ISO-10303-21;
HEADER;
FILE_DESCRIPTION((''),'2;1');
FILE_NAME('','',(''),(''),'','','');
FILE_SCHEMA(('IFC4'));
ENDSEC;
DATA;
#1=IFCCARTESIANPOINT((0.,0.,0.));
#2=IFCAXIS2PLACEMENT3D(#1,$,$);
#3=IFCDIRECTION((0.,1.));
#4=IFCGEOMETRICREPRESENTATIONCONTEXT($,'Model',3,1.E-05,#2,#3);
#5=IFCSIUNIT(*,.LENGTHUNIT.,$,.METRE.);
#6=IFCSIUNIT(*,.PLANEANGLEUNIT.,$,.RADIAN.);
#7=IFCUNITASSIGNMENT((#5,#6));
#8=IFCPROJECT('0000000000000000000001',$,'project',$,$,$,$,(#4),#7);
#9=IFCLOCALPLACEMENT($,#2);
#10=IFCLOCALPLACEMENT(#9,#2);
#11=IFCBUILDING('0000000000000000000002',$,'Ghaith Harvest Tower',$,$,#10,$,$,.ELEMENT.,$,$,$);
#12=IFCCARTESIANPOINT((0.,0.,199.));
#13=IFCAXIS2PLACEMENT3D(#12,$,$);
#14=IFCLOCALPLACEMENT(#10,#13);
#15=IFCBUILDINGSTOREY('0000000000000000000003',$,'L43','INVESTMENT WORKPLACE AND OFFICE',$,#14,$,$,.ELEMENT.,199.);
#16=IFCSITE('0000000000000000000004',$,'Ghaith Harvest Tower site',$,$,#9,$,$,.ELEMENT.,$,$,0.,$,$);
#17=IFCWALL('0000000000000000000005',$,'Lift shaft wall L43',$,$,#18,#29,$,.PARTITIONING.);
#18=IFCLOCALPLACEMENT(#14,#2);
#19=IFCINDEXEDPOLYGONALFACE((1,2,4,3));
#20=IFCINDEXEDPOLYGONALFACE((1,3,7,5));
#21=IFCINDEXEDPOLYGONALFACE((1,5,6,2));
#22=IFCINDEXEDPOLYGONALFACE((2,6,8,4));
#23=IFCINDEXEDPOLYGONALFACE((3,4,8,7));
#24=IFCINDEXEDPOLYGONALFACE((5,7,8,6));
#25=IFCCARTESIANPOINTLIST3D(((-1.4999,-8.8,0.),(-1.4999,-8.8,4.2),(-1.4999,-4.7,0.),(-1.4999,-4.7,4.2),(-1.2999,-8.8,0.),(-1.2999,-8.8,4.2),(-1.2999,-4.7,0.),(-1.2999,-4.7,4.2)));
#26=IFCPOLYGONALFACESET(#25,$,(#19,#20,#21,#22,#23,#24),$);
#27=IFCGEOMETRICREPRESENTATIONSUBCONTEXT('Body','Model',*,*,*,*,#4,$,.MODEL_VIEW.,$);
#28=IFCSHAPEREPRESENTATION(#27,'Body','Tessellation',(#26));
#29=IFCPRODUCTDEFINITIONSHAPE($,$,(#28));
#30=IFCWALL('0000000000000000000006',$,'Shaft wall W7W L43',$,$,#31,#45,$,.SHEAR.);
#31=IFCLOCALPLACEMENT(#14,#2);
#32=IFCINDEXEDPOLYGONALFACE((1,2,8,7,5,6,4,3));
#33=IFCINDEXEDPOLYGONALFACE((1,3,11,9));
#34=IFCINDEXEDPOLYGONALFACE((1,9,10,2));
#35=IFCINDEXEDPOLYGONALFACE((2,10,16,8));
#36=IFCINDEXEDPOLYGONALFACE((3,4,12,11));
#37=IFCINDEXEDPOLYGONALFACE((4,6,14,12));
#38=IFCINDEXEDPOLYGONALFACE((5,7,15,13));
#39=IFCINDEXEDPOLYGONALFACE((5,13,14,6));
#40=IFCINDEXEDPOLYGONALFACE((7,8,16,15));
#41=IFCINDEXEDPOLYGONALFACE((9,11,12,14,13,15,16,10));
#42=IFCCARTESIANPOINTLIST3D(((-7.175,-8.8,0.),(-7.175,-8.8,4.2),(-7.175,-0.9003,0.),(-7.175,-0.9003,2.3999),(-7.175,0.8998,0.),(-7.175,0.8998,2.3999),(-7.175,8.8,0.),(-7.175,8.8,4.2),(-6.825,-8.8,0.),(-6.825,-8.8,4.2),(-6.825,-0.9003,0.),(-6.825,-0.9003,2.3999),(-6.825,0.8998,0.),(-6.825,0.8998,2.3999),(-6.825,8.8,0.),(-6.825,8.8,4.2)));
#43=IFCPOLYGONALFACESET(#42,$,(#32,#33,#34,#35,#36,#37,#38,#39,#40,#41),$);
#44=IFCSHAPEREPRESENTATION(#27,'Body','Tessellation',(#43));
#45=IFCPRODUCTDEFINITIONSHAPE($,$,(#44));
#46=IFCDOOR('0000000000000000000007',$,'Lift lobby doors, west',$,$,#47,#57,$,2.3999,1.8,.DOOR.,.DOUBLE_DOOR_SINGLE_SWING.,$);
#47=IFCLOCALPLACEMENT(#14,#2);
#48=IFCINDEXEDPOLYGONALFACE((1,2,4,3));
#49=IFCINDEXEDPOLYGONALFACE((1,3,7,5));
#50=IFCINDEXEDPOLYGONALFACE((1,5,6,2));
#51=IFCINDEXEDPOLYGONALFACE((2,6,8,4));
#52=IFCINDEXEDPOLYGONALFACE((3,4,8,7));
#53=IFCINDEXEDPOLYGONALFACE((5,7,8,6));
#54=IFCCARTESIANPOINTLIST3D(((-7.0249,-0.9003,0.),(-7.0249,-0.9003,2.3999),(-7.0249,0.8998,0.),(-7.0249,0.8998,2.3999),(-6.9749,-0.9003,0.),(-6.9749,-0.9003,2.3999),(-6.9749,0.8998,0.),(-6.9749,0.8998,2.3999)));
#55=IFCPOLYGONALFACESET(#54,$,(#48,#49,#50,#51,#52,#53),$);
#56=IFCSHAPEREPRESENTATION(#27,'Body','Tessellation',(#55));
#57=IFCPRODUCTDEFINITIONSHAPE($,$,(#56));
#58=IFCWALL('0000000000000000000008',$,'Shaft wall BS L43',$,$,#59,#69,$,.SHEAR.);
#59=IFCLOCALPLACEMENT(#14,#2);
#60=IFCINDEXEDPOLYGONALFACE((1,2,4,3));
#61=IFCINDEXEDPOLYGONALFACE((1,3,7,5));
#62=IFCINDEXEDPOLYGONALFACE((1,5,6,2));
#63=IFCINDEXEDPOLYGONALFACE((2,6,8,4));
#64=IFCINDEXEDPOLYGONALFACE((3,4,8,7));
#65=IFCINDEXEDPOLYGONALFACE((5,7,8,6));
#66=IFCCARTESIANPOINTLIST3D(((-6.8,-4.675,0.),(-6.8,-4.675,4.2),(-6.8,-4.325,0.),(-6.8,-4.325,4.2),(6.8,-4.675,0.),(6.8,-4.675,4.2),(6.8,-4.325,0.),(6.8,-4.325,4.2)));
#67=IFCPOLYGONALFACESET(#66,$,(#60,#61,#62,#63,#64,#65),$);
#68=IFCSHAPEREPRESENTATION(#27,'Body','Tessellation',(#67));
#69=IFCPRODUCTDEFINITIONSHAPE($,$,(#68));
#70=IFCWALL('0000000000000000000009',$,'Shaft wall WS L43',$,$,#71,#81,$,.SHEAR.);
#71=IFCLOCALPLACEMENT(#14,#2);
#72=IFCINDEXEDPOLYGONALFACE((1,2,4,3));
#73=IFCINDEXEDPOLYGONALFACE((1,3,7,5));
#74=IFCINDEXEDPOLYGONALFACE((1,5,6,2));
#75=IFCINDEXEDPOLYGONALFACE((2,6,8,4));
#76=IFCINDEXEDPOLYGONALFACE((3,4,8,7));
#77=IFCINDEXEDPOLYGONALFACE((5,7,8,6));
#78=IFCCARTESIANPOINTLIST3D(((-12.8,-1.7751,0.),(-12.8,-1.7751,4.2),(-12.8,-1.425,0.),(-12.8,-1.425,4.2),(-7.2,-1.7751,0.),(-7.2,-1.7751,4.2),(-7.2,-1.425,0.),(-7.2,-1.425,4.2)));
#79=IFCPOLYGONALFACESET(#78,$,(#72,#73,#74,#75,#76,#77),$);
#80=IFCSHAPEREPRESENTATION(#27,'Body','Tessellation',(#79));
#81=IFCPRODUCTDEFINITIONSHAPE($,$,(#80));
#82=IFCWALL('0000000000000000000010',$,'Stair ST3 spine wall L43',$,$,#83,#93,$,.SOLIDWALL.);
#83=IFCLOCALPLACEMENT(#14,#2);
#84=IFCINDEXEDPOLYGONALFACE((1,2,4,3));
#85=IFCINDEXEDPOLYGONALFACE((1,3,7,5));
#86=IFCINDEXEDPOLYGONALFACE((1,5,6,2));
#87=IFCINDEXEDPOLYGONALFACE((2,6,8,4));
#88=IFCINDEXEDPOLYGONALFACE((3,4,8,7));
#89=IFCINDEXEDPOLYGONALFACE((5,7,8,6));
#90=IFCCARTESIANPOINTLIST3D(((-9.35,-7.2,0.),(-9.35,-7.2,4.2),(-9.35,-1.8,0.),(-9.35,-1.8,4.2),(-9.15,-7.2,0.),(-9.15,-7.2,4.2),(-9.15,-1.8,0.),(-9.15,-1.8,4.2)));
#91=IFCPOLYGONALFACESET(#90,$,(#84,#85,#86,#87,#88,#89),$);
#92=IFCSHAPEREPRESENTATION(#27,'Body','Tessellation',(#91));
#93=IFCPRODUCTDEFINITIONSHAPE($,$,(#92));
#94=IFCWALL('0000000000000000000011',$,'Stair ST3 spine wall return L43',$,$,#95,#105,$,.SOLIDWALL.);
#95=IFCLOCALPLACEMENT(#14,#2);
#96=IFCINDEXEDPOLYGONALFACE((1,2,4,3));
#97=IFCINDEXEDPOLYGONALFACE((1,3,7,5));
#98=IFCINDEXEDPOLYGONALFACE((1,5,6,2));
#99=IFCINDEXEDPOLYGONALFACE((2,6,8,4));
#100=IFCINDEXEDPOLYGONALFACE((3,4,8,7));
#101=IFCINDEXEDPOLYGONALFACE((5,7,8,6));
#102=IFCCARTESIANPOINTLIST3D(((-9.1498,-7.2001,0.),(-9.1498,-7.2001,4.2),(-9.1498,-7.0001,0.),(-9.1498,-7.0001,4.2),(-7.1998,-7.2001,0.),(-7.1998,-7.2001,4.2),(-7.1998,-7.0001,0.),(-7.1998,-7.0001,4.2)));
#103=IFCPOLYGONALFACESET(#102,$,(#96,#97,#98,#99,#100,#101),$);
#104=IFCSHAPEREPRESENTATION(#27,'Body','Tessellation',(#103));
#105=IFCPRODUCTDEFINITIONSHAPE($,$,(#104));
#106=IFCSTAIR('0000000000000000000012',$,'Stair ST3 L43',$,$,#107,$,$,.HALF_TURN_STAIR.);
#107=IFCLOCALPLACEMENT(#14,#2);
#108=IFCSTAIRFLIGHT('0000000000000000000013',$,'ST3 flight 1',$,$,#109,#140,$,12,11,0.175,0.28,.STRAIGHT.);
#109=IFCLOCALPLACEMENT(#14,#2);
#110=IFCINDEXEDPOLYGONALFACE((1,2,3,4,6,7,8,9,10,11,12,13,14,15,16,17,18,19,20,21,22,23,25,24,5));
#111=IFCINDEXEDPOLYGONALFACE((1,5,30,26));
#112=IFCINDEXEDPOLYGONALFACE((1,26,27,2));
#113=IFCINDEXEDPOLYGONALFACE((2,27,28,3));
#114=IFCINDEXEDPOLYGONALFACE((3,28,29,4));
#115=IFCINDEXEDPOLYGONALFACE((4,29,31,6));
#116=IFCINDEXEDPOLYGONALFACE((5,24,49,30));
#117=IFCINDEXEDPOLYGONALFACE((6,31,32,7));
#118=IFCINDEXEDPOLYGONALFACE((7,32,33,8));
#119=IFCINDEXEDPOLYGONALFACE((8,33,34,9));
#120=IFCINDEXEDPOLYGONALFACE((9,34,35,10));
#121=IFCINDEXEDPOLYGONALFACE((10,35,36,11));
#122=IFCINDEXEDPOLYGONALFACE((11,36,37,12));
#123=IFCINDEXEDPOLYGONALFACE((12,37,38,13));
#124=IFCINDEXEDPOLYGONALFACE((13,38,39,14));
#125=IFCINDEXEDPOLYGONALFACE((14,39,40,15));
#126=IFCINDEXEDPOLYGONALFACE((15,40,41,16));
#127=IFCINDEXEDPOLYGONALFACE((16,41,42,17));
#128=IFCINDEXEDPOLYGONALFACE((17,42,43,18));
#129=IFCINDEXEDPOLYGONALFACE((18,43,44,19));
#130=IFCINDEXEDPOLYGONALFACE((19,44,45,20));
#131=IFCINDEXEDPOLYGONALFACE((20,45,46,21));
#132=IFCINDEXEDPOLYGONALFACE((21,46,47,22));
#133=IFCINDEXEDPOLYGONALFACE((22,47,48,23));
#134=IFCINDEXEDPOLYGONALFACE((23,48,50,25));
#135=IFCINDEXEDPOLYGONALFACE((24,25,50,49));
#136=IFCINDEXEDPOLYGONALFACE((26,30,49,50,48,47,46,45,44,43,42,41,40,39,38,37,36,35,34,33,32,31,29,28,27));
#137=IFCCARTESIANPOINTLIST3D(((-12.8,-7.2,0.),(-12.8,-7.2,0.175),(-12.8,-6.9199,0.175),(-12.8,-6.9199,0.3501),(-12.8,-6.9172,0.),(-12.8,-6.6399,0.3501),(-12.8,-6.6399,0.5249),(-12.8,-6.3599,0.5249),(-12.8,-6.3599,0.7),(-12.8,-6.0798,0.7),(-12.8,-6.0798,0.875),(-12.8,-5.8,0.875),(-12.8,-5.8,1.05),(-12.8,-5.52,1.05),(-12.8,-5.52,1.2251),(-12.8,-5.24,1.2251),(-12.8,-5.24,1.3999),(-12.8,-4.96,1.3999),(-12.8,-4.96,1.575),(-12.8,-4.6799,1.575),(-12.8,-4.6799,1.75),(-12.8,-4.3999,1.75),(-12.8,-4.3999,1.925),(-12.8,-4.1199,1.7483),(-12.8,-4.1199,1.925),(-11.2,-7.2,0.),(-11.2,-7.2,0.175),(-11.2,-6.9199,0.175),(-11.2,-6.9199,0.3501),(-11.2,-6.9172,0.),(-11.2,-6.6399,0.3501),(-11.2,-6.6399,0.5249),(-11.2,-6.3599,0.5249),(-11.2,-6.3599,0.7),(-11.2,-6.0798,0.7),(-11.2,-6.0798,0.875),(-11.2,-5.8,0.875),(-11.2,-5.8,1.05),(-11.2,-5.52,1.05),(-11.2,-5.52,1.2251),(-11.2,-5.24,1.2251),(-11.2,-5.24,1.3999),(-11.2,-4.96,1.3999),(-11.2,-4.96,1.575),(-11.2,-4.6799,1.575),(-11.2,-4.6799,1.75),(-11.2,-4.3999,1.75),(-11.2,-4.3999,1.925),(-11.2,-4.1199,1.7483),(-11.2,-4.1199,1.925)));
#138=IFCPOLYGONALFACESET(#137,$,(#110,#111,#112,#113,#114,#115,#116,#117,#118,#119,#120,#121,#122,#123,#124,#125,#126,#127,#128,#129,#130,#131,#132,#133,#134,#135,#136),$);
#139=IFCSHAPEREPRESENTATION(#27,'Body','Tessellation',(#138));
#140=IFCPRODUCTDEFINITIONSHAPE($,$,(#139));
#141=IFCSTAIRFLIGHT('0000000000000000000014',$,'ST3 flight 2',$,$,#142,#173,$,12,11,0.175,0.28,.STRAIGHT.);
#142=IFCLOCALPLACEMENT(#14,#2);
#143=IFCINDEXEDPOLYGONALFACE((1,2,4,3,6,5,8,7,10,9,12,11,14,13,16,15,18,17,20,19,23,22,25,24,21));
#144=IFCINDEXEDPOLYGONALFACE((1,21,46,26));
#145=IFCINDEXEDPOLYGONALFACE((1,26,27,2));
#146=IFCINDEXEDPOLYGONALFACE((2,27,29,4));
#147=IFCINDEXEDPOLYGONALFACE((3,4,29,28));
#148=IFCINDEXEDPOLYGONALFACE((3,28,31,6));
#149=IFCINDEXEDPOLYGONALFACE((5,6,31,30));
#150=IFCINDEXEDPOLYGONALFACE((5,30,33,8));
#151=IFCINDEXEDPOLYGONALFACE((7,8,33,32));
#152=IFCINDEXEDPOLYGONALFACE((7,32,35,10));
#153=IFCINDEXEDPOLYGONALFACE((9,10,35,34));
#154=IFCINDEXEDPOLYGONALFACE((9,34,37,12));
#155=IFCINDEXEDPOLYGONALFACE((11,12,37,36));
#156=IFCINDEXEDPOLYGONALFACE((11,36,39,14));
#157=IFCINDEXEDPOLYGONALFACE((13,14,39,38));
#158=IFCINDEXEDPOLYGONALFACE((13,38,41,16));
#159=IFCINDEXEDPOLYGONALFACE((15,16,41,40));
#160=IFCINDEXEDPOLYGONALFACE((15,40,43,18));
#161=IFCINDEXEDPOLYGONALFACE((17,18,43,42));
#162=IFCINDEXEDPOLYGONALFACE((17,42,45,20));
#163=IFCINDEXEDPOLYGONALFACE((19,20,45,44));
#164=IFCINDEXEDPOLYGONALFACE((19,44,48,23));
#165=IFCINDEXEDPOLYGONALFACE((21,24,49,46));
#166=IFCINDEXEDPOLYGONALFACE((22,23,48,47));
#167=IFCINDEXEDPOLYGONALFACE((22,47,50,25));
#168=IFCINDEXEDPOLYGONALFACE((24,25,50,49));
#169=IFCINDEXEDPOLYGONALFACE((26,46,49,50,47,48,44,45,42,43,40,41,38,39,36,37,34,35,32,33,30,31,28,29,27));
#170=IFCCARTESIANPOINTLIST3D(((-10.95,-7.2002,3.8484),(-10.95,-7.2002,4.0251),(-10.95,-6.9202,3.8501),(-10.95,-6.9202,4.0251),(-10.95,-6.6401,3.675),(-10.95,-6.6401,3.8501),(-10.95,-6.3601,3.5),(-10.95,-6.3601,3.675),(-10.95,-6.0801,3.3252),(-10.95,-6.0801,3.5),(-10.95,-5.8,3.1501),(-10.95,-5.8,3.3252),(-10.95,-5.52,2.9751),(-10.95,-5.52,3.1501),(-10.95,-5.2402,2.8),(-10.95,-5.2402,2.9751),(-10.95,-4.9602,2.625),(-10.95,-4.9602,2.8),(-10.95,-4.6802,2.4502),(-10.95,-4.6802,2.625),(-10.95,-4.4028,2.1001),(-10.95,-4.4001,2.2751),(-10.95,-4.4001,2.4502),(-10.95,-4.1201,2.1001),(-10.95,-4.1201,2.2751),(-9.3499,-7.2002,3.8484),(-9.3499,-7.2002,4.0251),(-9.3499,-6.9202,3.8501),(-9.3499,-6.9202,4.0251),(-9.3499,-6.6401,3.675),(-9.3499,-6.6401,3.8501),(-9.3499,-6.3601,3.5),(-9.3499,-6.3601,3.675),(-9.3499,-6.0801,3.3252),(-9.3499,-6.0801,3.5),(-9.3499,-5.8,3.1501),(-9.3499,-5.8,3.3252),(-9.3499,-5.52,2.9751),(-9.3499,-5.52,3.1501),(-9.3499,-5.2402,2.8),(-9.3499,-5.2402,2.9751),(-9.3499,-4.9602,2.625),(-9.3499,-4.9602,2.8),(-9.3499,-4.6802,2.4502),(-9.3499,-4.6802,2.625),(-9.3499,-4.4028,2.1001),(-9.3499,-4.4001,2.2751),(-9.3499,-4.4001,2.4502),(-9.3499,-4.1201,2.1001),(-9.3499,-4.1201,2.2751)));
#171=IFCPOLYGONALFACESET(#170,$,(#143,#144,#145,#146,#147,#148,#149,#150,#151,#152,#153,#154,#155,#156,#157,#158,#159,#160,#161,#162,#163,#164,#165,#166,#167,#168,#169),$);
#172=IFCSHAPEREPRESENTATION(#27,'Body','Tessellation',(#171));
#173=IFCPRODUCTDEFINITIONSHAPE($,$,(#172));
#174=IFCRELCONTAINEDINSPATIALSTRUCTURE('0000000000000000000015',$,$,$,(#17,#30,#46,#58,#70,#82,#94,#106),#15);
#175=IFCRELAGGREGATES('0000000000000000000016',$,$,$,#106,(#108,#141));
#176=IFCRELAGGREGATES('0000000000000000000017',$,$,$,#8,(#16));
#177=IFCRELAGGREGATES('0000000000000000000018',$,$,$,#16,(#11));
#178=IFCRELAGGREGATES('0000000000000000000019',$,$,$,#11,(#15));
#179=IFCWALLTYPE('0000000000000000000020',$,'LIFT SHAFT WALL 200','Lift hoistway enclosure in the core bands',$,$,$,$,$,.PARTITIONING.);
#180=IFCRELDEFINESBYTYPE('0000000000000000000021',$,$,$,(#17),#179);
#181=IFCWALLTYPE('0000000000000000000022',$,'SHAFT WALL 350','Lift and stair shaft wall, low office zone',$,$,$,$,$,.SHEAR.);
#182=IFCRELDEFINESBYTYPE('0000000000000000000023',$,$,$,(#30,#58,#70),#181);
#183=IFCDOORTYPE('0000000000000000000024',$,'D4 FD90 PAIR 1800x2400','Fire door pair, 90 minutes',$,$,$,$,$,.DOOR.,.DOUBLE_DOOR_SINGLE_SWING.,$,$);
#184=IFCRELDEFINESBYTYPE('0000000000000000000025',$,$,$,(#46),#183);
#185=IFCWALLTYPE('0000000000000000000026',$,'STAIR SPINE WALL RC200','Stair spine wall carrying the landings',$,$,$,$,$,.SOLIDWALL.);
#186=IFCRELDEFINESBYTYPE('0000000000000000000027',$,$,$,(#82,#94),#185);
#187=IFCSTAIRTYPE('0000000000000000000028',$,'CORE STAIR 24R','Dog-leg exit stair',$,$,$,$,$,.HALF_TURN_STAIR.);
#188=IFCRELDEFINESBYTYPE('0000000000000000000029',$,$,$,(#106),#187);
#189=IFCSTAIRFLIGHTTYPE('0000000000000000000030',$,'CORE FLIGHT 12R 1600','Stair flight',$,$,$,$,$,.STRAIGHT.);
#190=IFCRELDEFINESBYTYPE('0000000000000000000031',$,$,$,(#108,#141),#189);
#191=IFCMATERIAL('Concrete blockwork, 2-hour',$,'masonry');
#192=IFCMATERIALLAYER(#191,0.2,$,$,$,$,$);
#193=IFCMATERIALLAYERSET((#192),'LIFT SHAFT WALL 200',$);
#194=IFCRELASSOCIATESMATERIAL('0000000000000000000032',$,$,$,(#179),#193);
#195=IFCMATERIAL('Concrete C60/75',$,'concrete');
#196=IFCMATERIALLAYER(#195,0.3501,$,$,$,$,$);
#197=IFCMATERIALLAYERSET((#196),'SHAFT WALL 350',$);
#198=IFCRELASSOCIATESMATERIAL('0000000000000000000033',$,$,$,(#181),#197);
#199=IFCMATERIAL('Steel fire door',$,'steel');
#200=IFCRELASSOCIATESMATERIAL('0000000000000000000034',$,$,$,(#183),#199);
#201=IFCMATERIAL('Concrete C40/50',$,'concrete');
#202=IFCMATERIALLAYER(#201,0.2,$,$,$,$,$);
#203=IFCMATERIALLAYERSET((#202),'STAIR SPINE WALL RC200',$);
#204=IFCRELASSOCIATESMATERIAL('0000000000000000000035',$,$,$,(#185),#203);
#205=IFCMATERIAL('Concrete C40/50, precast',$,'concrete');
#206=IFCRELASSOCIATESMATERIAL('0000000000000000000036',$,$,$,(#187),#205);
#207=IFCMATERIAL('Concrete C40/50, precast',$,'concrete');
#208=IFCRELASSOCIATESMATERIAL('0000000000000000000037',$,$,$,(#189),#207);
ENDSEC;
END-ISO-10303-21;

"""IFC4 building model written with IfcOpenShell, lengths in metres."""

from ifc_helpers import new_model, si_unit, direction, frame, frame_2d, origin, place, context, subcontext, project, spatial, polyline, rectangle, outline, extrude, material, layer, layer_set, type_object, element, fill, aggregate, save


model = new_model("IFC4")

# Units and contexts
model_context = context("Model", 3, precision=1e-05, world=origin(), true_north=direction((0.0, 1.0)))
body_context = subcontext(model_context, "Body", "Model", "MODEL_VIEW")
ifc_project = project(units=[si_unit("LENGTHUNIT", "METRE"), si_unit("PLANEANGLEUNIT", "RADIAN")], contexts=[model_context])

# Site, building, storey
site_placement = place(None, origin())
site = spatial("IfcSite", under=ifc_project, at=site_placement, Name="Ghaith Harvest Tower site", CompositionType="ELEMENT", RefElevation=0.0)
building_placement = place(site_placement, origin())
building = spatial("IfcBuilding", under=site, at=building_placement, Name="Ghaith Harvest Tower", CompositionType="ELEMENT")
storey_placement = place(building_placement, frame((0.0, 0.0, 199.0)))
storey = spatial("IfcBuildingStorey", under=building, at=storey_placement, Name="L43", Description="INVESTMENT WORKPLACE AND OFFICE", CompositionType="ELEMENT", Elevation=199.0)

# Wall
ifc_material_1 = material(Name="Concrete blockwork, 2-hour", Category="masonry")
ifc_layer_1 = layer(ifc_material_1, 0.2)
ifc_layer_set_1 = layer_set([ifc_layer_1], Name="LIFT SHAFT WALL 200")
wall_type_1 = type_object("IfcWallType", Name="LIFT SHAFT WALL 200", Description="Lift hoistway enclosure in the core bands", PredefinedType="PARTITIONING", material=ifc_layer_set_1)
for number, where, z_axis, x_axis, name in (
    (1, (-1.3999, -4.7, 0.0), (0.0, 0.0, 1.0), (0.0, -1.0, 0.0), "Lift shaft wall L43"),
):
    element("IfcWall", number, at=place(storey_placement, frame(where, z_axis=z_axis, x_axis=x_axis)), inside=storey, type_object=wall_type_1, Name=name, PredefinedType="PARTITIONING", context=body_context, shape_type="SweptSolid", body=[
        extrude(rectangle(XDim=4.1001, YDim=0.2, at=frame_2d((2.05, 0.0))), origin(), (0.0, 0.0, 1.0), 4.2),
    ])

# Wall, opening, door
ifc_material_2 = material(Name="Concrete C60/75", Category="concrete")
ifc_layer_2 = layer(ifc_material_2, 0.3501)
ifc_layer_set_2 = layer_set([ifc_layer_2], Name="SHAFT WALL 350")
wall_type_2 = type_object("IfcWallType", Name="SHAFT WALL 350", Description="Lift and stair shaft wall, low office zone", PredefinedType="SHEAR", material=ifc_layer_set_2)
wall_1_placement = place(storey_placement, frame((-7.0, -8.8, 0.0), z_axis=(0.0, 0.0, 1.0), x_axis=(0.0, 1.0, 0.0)))
wall_1 = element("IfcWall", 2, at=wall_1_placement, inside=storey, type_object=wall_type_2, Name="Shaft wall W7W L43", PredefinedType="SHEAR", context=body_context, shape_type="SweptSolid", body=[
    extrude(rectangle(XDim=17.6001, YDim=0.3501, at=frame_2d((8.8, 0.0))), origin(), (0.0, 0.0, 1.0), 4.2),
])
opening_1_placement = place(wall_1_placement, frame((7.8999, 0.0, 0.0)))
opening_1 = element("IfcOpeningElement", 3, at=opening_1_placement, cuts=wall_1, PredefinedType="OPENING", context=body_context, shape_type="SweptSolid", body=[
    extrude(rectangle(XDim=1.8, YDim=2.3999, at=frame_2d((0.8999, 1.2))), frame((0.0, 0.1851, 0.0), z_axis=(0.0, -1.0, 0.0), x_axis=(1.0, 0.0, 0.0)), (0.0, 0.0, 1.0), 0.3701),
])
ifc_material_3 = material(Name="Steel fire door", Category="steel")
door_type_1 = type_object("IfcDoorType", Name="D4 FD90 PAIR 1800x2400", Description="Fire door pair, 90 minutes", OperationType="DOUBLE_DOOR_SINGLE_SWING", PredefinedType="DOOR", material=ifc_material_3)
door_1_placement = place(opening_1_placement, origin())
door_1 = element("IfcDoor", 4, at=door_1_placement, inside=storey, type_object=door_type_1, Name="Lift lobby doors, west", OperationType="DOUBLE_DOOR_SINGLE_SWING", OverallHeight=2.3999, OverallWidth=1.8, PredefinedType="DOOR", context=body_context, shape_type="SweptSolid", body=[
    extrude(rectangle(XDim=1.8, YDim=2.3999, at=frame_2d((0.8999, 1.2))), frame((0.0, 0.0249, 0.0), z_axis=(0.0, -1.0, 0.0), x_axis=(1.0, 0.0, 0.0)), (0.0, 0.0, 1.0), 0.05),
])
fill(opening_1, door_1)

# Walls
wall_2_placement = place(storey_placement, frame((-6.8, -4.5, 0.0), z_axis=(0.0, 0.0, 1.0), x_axis=(1.0, 0.0, 0.0)))
element("IfcWall", 5, at=wall_2_placement, inside=storey, type_object=wall_type_2, Name="Shaft wall BS L43", PredefinedType="SHEAR", context=body_context, shape_type="SweptSolid", body=[
    extrude(rectangle(XDim=13.6001, YDim=0.3501, at=frame_2d((6.8, 0.0))), origin(), (0.0, 0.0, 1.0), 4.2),
])
wall_3_placement = place(storey_placement, frame((-12.8, -1.6001, 0.0), z_axis=(0.0, 0.0, 1.0), x_axis=(1.0, 0.0, 0.0)))
element("IfcWall", 6, at=wall_3_placement, inside=storey, type_object=wall_type_2, Name="Shaft wall WS L43", PredefinedType="SHEAR", context=body_context, shape_type="SweptSolid", body=[
    extrude(rectangle(XDim=5.6001, YDim=0.3501, at=frame_2d((2.8, 0.0))), origin(), (0.0, 0.0, 1.0), 4.2),
])
ifc_material_4 = material(Name="Concrete C40/50", Category="concrete")
ifc_layer_3 = layer(ifc_material_4, 0.2)
ifc_layer_set_3 = layer_set([ifc_layer_3], Name="STAIR SPINE WALL RC200")
wall_type_3 = type_object("IfcWallType", Name="STAIR SPINE WALL RC200", Description="Stair spine wall carrying the landings", PredefinedType="SOLIDWALL", material=ifc_layer_set_3)
wall_4_placement = place(storey_placement, frame((-9.25, -7.2, 0.0), z_axis=(0.0, 0.0, 1.0), x_axis=(0.0, 1.0, 0.0)))
element("IfcWall", 7, at=wall_4_placement, inside=storey, type_object=wall_type_3, Name="Stair ST3 spine wall L43", PredefinedType="SOLIDWALL", context=body_context, shape_type="SweptSolid", body=[
    extrude(rectangle(XDim=5.3999, YDim=0.2, at=frame_2d((2.7, 0.0))), origin(), (0.0, 0.0, 1.0), 4.2),
])
wall_5_placement = place(storey_placement, frame((-9.1499, -7.1001, 0.0), z_axis=(0.0, 0.0, 1.0), x_axis=(1.0, 0.0, 0.0)))
element("IfcWall", 8, at=wall_5_placement, inside=storey, type_object=wall_type_3, Name="Stair ST3 spine wall return L43", PredefinedType="SOLIDWALL", context=body_context, shape_type="SweptSolid", body=[
    extrude(rectangle(XDim=1.95, YDim=0.2, at=frame_2d((0.9751, 0.0))), origin(), (0.0, 0.0, 1.0), 4.2),
])

# Stair, stair flights
ifc_material_5 = material(Name="Concrete C40/50, precast", Category="concrete")
stair_type = type_object("IfcStairType", Name="CORE STAIR 24R", Description="Dog-leg exit stair", PredefinedType="HALF_TURN_STAIR", material=ifc_material_5)
stair_placement = place(storey_placement, origin())
stair = element("IfcStair", 9, at=stair_placement, inside=storey, type_object=stair_type, Name="Stair ST3 L43", PredefinedType="HALF_TURN_STAIR")
ifc_material_6 = material(Name="Concrete C40/50, precast", Category="concrete")
stair_flight_type = type_object("IfcStairFlightType", Name="CORE FLIGHT 12R 1600", Description="Stair flight", PredefinedType="STRAIGHT", material=ifc_material_6)
stair_flight_1_placement = place(storey_placement, frame((-12.0, -7.2, 0.0), z_axis=(0.0, 0.0, 1.0), x_axis=(0.0, 1.0, 0.0)))
stair_flight_1 = element("IfcStairFlight", 10, at=stair_flight_1_placement, type_object=stair_flight_type, Name="ST3 flight 1", NumberOfRisers=12, NumberOfTreads=11, PredefinedType="STRAIGHT", RiserHeight=0.175, TreadLength=0.28, context=body_context, shape_type="SweptSolid", body=[
    extrude(outline(polyline([(0.0, 0.0), (0.0, 0.175), (0.28, 0.175), (0.28, 0.3501), (0.5601, 0.3501), (0.5601, 0.5249), (0.8401, 0.5249), (0.8401, 0.7), (1.1201, 0.7), (1.1201, 0.875), (1.3999, 0.875), (1.3999, 1.05), (1.6799, 1.05), (1.6799, 1.2251), (1.96, 1.2251), (1.96, 1.3999), (2.24, 1.3999), (2.24, 1.575), (2.52, 1.575), (2.52, 1.75), (2.8, 1.75), (2.8, 1.925), (3.0801, 1.925), (3.0801, 2.1001), (3.0801, 1.7483), (0.2827, 0.0), (0.0, 0.0)])), frame((0.0, 0.8, 0.0), z_axis=(0.0, -1.0, 0.0), x_axis=(1.0, 0.0, 0.0)), (0.0, 0.0, 1.0), 1.6001),
])
stair_flight_2_placement = place(storey_placement, frame((-10.1499, -4.1201, 2.1001), z_axis=(0.0, 0.0, 1.0), x_axis=(0.0, -1.0, 0.0)))
stair_flight_2 = element("IfcStairFlight", 11, at=stair_flight_2_placement, type_object=stair_flight_type, Name="ST3 flight 2", NumberOfRisers=12, NumberOfTreads=11, PredefinedType="STRAIGHT", RiserHeight=0.175, TreadLength=0.28, context=body_context, shape_type="SweptSolid", body=[
    extrude(outline(polyline([(0.0, 0.0), (0.0, 0.175), (0.28, 0.175), (0.28, 0.3501), (0.5601, 0.3501), (0.5601, 0.5249), (0.8401, 0.5249), (0.8401, 0.7), (1.1201, 0.7), (1.1201, 0.875), (1.3999, 0.875), (1.3999, 1.05), (1.6799, 1.05), (1.6799, 1.2251), (1.96, 1.2251), (1.96, 1.3999), (2.24, 1.3999), (2.24, 1.575), (2.52, 1.575), (2.52, 1.75), (2.8, 1.75), (2.8, 1.925), (3.0801, 1.925), (3.0801, 2.1001), (3.0801, 1.7483), (0.2827, 0.0), (0.0, 0.0)])), frame((0.0, 0.8, 0.0), z_axis=(0.0, -1.0, 0.0), x_axis=(1.0, 0.0, 0.0)), (0.0, 0.0, 1.0), 1.6001),
])
aggregate(stair, [stair_flight_1, stair_flight_2])

save(model, "model.ifc")
